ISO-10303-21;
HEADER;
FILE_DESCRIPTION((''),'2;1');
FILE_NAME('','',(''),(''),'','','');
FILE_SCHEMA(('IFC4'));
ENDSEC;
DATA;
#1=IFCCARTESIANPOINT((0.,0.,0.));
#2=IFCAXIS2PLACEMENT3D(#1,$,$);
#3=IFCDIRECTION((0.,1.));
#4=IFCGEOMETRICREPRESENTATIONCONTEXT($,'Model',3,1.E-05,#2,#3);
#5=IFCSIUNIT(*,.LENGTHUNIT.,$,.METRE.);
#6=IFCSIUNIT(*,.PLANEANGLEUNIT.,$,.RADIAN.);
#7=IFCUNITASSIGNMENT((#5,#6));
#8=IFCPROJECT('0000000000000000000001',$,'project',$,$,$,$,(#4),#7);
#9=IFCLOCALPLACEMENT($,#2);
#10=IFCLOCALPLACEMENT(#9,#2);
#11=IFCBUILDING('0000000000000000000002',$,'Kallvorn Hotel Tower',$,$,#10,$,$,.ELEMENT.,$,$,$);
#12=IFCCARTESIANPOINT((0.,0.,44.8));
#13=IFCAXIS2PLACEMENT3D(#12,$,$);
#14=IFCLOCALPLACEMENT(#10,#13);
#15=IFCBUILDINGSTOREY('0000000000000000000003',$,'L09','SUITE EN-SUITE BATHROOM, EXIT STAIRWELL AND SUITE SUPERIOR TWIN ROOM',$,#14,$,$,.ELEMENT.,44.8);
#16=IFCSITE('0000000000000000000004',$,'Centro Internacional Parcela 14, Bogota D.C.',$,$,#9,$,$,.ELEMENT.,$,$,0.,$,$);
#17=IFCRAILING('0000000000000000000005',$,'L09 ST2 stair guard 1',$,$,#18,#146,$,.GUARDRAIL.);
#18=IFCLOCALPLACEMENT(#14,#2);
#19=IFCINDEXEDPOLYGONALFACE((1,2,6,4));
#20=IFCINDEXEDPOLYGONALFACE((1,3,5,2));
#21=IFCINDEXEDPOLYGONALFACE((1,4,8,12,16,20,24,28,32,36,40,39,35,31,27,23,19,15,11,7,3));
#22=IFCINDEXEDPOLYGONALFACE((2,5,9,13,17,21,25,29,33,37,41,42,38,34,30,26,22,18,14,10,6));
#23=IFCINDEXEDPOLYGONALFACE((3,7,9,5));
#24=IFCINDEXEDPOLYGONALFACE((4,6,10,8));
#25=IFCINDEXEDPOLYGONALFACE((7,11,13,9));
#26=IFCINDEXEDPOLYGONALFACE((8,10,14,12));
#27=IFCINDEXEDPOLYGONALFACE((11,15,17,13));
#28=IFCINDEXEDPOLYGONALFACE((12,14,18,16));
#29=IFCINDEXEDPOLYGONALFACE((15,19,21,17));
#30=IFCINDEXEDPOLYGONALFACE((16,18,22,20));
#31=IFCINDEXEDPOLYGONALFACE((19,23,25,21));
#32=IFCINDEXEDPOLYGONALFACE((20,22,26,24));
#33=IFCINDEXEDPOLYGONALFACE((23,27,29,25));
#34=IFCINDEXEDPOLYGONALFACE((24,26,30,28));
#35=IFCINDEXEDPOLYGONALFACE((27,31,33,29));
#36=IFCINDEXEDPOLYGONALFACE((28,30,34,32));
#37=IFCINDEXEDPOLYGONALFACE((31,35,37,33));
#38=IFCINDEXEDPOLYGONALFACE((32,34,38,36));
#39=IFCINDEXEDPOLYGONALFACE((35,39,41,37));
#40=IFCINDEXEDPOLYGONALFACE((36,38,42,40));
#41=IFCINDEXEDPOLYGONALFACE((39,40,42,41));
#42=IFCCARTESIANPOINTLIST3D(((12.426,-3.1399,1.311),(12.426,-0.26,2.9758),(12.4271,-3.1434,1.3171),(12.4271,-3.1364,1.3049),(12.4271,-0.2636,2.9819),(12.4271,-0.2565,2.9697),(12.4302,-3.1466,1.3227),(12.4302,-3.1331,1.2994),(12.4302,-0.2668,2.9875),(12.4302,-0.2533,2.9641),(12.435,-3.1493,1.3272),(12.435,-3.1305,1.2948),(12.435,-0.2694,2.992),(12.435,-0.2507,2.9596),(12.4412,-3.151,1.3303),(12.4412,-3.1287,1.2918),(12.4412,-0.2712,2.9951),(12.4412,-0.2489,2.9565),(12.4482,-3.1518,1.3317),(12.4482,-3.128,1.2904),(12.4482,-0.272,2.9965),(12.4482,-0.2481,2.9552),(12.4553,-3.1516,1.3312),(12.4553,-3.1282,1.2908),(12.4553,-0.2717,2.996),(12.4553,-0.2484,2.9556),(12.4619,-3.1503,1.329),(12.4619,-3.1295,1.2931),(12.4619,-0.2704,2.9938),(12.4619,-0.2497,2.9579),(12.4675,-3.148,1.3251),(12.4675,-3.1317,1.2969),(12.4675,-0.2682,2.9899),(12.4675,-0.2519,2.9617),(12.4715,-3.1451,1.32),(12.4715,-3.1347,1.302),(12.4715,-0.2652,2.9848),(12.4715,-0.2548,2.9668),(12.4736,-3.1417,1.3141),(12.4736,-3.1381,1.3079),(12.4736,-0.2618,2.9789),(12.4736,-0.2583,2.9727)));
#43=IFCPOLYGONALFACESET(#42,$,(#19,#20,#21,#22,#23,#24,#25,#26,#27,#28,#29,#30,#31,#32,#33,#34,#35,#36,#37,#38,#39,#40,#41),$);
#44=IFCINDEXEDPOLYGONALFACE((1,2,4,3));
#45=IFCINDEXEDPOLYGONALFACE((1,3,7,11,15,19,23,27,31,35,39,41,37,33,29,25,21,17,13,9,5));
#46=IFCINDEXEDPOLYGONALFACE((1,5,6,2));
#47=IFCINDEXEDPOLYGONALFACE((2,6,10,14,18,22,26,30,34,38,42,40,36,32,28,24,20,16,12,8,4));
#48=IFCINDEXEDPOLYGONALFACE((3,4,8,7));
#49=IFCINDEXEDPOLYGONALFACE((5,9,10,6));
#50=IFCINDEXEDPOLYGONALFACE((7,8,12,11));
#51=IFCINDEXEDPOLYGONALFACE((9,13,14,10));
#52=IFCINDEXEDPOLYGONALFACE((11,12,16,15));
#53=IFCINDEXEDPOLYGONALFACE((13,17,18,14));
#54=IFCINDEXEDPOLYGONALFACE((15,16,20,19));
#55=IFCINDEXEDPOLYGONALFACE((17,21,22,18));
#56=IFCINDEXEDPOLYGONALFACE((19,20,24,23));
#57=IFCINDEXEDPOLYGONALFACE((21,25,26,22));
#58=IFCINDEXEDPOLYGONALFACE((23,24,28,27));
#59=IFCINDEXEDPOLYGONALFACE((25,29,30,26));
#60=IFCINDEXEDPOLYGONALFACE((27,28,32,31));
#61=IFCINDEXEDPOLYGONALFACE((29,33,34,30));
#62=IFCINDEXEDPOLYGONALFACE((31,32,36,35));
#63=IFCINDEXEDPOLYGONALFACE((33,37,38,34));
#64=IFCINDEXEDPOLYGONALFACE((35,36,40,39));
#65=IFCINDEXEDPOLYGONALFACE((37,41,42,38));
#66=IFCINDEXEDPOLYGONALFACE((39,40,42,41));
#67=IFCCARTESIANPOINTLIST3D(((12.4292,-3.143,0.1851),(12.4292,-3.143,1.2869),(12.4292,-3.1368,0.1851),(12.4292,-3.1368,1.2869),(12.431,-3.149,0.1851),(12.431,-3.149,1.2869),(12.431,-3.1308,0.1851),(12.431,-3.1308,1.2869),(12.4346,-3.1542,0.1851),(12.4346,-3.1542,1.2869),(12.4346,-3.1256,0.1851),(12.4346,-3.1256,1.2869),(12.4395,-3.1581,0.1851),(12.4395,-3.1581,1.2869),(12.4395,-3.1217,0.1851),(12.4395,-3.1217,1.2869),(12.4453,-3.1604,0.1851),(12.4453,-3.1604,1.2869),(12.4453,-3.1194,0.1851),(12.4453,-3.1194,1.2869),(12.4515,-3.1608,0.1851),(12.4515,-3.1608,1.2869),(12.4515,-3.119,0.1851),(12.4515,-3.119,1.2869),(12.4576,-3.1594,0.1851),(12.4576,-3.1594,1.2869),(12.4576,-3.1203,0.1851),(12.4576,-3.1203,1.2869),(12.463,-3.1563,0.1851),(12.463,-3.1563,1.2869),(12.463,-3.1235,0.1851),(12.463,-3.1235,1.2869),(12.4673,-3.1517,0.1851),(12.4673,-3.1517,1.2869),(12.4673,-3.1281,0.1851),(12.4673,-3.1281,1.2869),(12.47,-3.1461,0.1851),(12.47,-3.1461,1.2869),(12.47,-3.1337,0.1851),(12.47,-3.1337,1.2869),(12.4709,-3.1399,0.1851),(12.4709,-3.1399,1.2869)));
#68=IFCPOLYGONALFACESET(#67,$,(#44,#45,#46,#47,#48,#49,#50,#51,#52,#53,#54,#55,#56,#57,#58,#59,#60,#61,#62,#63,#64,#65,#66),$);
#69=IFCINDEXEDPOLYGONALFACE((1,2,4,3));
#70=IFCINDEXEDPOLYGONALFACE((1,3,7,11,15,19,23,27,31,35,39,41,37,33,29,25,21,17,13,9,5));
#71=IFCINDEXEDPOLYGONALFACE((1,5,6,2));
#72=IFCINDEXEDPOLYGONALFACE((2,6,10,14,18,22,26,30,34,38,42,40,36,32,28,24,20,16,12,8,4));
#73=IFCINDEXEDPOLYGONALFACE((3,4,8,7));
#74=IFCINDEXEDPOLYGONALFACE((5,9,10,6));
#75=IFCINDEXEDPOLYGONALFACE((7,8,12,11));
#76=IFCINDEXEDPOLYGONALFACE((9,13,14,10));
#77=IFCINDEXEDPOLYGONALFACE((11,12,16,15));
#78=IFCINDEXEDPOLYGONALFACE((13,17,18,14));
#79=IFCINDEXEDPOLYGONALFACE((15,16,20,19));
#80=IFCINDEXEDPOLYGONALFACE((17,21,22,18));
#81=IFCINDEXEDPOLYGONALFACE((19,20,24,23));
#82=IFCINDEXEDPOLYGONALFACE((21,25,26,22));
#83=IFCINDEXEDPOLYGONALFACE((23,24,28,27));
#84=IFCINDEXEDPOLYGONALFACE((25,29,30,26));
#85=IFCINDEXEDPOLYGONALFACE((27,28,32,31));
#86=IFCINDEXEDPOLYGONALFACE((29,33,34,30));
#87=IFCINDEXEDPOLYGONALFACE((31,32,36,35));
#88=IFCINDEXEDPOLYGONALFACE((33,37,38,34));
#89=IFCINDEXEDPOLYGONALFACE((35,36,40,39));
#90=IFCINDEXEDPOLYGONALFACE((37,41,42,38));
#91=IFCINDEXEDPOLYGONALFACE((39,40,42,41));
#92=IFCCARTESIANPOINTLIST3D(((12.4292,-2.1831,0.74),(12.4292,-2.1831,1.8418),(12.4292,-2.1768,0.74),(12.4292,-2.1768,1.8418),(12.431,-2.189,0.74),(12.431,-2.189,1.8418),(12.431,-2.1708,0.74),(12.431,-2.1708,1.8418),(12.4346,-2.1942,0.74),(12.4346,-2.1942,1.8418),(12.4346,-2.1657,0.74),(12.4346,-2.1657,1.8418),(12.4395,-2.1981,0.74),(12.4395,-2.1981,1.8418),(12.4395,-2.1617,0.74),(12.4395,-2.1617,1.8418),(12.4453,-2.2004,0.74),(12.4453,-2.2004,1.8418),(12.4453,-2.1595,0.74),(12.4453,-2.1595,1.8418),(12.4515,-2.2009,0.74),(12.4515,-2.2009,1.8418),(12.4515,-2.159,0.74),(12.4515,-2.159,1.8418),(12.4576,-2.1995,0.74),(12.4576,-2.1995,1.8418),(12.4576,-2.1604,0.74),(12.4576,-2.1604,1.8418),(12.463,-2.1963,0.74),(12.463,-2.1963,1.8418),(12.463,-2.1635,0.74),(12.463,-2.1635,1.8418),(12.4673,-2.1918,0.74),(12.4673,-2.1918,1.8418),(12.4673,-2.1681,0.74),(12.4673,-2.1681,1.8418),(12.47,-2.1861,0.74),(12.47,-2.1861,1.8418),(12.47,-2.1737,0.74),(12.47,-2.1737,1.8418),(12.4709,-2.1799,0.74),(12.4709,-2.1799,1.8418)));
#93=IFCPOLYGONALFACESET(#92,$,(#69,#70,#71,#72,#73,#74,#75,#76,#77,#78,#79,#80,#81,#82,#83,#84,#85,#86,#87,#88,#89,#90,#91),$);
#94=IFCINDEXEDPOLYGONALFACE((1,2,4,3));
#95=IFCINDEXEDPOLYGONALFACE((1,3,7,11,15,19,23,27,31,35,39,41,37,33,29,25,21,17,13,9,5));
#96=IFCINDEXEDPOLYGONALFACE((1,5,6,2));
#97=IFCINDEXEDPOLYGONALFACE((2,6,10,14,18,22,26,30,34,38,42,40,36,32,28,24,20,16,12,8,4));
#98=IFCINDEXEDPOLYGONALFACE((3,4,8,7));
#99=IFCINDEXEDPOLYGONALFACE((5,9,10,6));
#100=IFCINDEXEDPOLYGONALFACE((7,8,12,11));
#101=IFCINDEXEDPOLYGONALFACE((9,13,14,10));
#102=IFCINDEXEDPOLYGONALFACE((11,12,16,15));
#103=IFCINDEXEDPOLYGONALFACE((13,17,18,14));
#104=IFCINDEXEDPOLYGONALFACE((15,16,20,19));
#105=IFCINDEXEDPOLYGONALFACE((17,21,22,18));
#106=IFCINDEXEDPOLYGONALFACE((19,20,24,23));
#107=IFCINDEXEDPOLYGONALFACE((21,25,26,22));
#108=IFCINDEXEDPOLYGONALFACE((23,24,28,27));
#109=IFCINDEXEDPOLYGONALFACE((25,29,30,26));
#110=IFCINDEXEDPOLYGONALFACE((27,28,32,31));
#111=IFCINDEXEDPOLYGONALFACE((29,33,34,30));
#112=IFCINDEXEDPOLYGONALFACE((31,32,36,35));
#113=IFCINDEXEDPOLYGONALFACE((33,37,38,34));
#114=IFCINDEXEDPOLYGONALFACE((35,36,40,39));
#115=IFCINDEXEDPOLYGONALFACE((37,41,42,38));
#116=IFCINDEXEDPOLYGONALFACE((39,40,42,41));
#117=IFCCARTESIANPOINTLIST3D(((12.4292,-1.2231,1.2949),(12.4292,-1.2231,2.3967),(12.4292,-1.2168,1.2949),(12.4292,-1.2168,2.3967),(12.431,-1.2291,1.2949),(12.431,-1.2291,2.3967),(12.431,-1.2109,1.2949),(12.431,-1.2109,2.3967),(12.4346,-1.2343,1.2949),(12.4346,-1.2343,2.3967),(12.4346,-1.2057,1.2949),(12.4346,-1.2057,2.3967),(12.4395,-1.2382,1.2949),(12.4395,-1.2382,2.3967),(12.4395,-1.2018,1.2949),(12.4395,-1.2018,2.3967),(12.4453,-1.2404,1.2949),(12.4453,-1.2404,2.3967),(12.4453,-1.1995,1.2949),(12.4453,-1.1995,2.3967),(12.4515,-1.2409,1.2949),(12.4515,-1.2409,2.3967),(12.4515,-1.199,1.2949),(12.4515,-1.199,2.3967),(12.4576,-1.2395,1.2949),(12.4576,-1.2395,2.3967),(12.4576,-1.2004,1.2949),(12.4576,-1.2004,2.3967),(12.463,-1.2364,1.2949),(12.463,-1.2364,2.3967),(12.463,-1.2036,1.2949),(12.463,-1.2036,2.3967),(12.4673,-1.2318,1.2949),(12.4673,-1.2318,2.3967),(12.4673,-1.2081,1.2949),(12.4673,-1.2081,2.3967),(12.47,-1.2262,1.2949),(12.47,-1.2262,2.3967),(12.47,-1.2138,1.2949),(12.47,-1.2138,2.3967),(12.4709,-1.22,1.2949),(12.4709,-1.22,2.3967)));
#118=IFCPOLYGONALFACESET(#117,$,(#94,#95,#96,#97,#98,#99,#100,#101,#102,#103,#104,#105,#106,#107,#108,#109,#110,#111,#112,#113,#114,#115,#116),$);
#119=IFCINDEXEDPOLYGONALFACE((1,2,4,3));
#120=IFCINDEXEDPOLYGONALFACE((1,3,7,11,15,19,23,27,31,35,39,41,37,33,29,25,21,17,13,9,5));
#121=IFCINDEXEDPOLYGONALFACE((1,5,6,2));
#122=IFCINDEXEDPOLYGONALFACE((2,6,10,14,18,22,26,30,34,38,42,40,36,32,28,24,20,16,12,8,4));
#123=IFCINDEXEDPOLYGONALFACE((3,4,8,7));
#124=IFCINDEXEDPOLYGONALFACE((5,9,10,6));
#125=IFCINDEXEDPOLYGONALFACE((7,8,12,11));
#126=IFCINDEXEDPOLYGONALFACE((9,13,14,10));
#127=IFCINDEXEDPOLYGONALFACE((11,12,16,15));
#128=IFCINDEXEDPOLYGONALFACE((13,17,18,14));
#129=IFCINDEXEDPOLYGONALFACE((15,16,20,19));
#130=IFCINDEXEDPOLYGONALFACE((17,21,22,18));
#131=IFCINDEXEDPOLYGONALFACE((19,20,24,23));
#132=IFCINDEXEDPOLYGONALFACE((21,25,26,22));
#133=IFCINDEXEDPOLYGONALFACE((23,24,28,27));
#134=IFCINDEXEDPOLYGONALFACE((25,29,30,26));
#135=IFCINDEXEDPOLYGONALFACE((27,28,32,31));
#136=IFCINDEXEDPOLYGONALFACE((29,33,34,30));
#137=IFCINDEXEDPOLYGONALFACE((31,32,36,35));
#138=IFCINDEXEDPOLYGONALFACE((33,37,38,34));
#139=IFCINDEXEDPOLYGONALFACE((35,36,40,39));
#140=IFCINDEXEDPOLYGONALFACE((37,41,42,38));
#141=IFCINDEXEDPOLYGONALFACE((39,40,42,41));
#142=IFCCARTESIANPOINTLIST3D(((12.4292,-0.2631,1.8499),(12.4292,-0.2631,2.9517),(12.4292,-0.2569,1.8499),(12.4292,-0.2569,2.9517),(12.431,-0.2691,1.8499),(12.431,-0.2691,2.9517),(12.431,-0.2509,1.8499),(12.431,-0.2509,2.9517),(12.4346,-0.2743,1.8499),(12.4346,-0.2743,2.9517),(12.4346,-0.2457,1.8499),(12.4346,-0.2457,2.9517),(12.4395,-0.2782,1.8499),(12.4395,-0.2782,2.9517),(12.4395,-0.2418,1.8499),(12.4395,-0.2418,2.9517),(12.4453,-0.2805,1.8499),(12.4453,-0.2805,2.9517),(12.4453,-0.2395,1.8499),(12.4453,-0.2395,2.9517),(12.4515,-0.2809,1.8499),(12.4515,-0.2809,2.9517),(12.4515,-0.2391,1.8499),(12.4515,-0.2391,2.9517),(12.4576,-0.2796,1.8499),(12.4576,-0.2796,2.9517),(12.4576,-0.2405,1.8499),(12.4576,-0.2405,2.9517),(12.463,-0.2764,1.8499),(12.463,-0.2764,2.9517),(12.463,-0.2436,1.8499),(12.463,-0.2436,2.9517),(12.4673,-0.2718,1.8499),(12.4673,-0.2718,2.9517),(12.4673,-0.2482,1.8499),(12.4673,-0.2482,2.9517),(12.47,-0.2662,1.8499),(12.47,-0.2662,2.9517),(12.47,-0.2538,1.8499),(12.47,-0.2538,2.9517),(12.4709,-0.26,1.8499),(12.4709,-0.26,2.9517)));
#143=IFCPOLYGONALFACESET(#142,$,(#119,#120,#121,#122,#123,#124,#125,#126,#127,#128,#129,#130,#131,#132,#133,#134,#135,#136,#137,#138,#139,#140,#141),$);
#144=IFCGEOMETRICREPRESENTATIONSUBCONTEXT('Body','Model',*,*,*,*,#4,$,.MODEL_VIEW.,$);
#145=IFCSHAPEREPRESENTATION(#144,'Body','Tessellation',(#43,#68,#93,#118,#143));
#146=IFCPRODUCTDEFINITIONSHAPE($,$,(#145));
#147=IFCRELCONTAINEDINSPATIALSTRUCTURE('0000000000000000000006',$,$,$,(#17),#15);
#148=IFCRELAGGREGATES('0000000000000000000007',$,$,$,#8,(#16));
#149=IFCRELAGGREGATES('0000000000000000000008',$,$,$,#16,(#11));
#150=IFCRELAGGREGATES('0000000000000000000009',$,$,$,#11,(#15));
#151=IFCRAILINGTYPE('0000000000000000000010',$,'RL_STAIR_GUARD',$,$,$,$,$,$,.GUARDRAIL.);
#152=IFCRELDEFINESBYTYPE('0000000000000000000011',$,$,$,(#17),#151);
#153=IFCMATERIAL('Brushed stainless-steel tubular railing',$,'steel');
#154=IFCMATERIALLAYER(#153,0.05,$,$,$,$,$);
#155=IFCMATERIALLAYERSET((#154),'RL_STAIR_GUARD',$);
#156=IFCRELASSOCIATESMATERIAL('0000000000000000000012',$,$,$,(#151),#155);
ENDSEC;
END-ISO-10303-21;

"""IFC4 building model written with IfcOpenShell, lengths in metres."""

from ifc_helpers import new_model, si_unit, direction, frame, origin, origin_2d, place, context, subcontext, project, spatial, circle, extrude, material, layer, layer_set, type_object, element, save


model = new_model("IFC4")

# Units and contexts
model_context = context("Model", 3, precision=1e-05, world=origin(), true_north=direction((0.0, 1.0)))
body_context = subcontext(model_context, "Body", "Model", "MODEL_VIEW")
ifc_project = project(units=[si_unit("LENGTHUNIT", "METRE"), si_unit("PLANEANGLEUNIT", "RADIAN")], contexts=[model_context])

# Site, building, storey
site_placement = place(None, origin())
site = spatial("IfcSite", under=ifc_project, at=site_placement, Name="Centro Internacional Parcela 14, Bogota D.C.", CompositionType="ELEMENT", RefElevation=0.0)
building_placement = place(site_placement, origin())
building = spatial("IfcBuilding", under=site, at=building_placement, Name="Kallvorn Hotel Tower", CompositionType="ELEMENT")
storey_placement = place(building_placement, frame((0.0, 0.0, 44.8)))
storey = spatial("IfcBuildingStorey", under=building, at=storey_placement, Name="L09", Description="SUITE EN-SUITE BATHROOM, EXIT STAIRWELL AND SUITE SUPERIOR TWIN ROOM", CompositionType="ELEMENT", Elevation=44.8)

# Railing
ifc_material_1 = material(Name="Brushed stainless-steel tubular railing", Category="steel")
ifc_layer_1 = layer(ifc_material_1, 0.05)
ifc_layer_set_1 = layer_set([ifc_layer_1], Name="RL_STAIR_GUARD")
railing_type_1 = type_object("IfcRailingType", Name="RL_STAIR_GUARD", PredefinedType="GUARDRAIL", material=ifc_layer_set_1)
railing_1_placement = place(storey_placement, frame((12.45, -3.1399, 0.1851)))
element("IfcRailing", 1, at=railing_1_placement, inside=storey, type_object=railing_type_1, Name="L09 ST2 stair guard 1", PredefinedType="GUARDRAIL", context=body_context, shape_type="SweptSolid", body=[
    extrude(circle(Radius=0.0239, at=origin_2d()), frame((0.0, 0.0, 1.126), z_axis=(0.0, 0.865753, 0.500472), x_axis=(-1.0, 0.0, 0.0)), (0.0, 0.0, 1.0), 3.3264),
    extrude(circle(Radius=0.021, at=origin_2d()), origin(), (0.0, 0.0, 1.0), 1.1018),
    extrude(circle(Radius=0.021, at=origin_2d()), frame((0.0, 0.96, 0.5549)), (0.0, 0.0, 1.0), 1.1018),
    extrude(circle(Radius=0.021, at=origin_2d()), frame((0.0, 1.9199, 1.1099)), (0.0, 0.0, 1.0), 1.1018),
    extrude(circle(Radius=0.021, at=origin_2d()), frame((0.0, 2.8799, 1.6648)), (0.0, 0.0, 1.0), 1.1018),
])

save(model, "model.ifc")
